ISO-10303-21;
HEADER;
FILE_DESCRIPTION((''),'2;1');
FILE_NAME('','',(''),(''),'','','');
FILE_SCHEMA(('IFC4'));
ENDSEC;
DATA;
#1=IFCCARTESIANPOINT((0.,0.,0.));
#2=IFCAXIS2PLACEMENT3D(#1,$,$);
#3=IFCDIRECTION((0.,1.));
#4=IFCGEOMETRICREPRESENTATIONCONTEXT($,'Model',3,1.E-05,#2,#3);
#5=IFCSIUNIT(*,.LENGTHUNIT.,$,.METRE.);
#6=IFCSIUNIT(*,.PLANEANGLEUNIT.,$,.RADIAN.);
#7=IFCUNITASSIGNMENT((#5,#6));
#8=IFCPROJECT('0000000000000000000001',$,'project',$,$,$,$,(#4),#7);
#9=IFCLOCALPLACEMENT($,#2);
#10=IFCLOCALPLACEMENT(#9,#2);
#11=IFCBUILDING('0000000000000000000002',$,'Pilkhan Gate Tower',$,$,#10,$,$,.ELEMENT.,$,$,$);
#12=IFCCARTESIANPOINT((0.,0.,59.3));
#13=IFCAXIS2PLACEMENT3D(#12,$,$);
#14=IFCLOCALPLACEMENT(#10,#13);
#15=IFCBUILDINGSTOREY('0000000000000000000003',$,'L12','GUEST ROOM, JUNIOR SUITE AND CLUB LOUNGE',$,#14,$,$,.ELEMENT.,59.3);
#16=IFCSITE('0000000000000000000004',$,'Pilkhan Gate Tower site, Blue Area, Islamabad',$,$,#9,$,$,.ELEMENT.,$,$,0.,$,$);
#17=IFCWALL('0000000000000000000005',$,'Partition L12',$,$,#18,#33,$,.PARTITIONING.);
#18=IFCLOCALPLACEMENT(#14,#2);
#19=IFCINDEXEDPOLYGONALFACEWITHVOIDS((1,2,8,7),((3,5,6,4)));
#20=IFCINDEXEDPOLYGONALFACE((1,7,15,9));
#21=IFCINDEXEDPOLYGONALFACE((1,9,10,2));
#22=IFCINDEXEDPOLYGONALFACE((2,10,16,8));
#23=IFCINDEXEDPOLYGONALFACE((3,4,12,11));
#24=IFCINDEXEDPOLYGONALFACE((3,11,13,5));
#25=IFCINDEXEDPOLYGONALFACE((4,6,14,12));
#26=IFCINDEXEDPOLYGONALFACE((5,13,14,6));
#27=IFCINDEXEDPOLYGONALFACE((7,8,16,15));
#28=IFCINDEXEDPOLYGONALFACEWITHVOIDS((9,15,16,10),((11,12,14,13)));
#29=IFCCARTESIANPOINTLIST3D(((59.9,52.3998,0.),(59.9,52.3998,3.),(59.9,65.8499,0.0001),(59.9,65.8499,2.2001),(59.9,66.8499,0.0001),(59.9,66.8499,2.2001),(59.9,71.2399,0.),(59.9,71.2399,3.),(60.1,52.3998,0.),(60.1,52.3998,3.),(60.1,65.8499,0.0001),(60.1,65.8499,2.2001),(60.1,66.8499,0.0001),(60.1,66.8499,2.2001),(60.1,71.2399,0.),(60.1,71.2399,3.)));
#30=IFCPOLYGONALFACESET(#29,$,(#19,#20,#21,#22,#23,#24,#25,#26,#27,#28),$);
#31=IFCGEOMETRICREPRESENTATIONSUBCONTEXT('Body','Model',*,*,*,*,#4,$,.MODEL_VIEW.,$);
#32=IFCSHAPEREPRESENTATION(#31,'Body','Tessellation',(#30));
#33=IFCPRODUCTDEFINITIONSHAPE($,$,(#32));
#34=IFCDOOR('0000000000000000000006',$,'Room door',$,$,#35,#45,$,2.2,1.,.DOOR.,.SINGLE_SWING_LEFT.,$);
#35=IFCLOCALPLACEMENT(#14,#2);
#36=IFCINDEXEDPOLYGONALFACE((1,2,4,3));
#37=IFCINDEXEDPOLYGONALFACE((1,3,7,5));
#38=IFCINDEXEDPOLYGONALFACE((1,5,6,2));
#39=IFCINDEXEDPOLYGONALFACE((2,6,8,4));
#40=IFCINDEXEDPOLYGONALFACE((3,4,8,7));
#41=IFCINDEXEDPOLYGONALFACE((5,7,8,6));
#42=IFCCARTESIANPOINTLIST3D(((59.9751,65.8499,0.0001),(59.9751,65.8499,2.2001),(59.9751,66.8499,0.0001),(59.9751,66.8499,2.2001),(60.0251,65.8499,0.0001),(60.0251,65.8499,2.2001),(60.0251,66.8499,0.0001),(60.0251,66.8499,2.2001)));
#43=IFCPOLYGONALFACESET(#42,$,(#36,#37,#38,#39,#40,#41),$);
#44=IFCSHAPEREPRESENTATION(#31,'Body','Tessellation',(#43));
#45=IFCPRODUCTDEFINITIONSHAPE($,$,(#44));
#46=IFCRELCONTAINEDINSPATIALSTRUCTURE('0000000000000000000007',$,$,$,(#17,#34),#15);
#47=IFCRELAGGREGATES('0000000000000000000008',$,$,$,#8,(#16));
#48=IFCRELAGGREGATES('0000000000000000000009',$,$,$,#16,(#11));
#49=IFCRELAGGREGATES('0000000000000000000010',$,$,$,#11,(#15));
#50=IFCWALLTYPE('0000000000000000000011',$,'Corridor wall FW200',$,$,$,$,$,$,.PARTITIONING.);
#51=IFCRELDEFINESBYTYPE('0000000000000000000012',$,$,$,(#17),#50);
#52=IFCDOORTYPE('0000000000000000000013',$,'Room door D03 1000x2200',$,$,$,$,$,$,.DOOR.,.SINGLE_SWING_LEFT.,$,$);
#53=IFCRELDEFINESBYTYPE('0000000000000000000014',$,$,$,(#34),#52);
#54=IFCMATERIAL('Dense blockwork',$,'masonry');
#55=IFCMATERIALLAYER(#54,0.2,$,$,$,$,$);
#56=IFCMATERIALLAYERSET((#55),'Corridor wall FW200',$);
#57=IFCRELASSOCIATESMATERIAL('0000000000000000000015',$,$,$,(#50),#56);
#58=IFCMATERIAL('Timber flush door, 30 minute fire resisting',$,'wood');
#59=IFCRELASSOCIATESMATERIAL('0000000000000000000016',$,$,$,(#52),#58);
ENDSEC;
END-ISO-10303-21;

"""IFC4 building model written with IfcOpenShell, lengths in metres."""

from ifc_helpers import new_model, si_unit, direction, frame, frame_2d, origin, place, context, subcontext, project, spatial, rectangle, extrude, material, layer, layer_set, type_object, element, fill, save


model = new_model("IFC4")

# Units and contexts
model_context = context("Model", 3, precision=1e-05, world=origin(), true_north=direction((0.0, 1.0)))
body_context = subcontext(model_context, "Body", "Model", "MODEL_VIEW")
ifc_project = project(units=[si_unit("LENGTHUNIT", "METRE"), si_unit("PLANEANGLEUNIT", "RADIAN")], contexts=[model_context])

# Site, building, storey
site_placement = place(None, origin())
site = spatial("IfcSite", under=ifc_project, at=site_placement, Name="Pilkhan Gate Tower site, Blue Area, Islamabad", CompositionType="ELEMENT", RefElevation=0.0)
building_placement = place(site_placement, origin())
building = spatial("IfcBuilding", under=site, at=building_placement, Name="Pilkhan Gate Tower", CompositionType="ELEMENT")
storey_placement = place(building_placement, frame((0.0, 0.0, 59.3)))
storey = spatial("IfcBuildingStorey", under=building, at=storey_placement, Name="L12", Description="GUEST ROOM, JUNIOR SUITE AND CLUB LOUNGE", CompositionType="ELEMENT", Elevation=59.3)

# Shared definitions
ifc_material_1 = material(Name="Dense blockwork", Category="masonry")
ifc_layer_1 = layer(ifc_material_1, 0.2)
ifc_layer_set_1 = layer_set([ifc_layer_1], Name="Corridor wall FW200")
wall_type = type_object("IfcWallType", Name="Corridor wall FW200", PredefinedType="PARTITIONING", material=ifc_layer_set_1)
ifc_material_2 = material(Name="Timber flush door, 30 minute fire resisting", Category="wood")

# Wall, opening, door
wall_1_placement = place(storey_placement, frame((60.0, 52.3999, 0.0), z_axis=(0.0, 0.0, 1.0), x_axis=(0.0, 1.0, 0.0)))
wall_1 = element("IfcWall", 1, at=wall_1_placement, inside=storey, type_object=wall_type, Name="Partition L12", PredefinedType="PARTITIONING", context=body_context, shape_type="SweptSolid", body=[
    extrude(rectangle(XDim=18.8401, YDim=0.2, at=frame_2d((9.4199, 0.0))), origin(), (0.0, 0.0, 1.0), 3.0),
])
opening_1_placement = place(wall_1_placement, frame((13.45, 0.0, 0.0)))
opening_1 = element("IfcOpeningElement", 2, at=opening_1_placement, cuts=wall_1, PredefinedType="OPENING", context=body_context, shape_type="SweptSolid", body=[
    extrude(rectangle(XDim=1.0, YDim=2.2, at=frame_2d((0.5, 1.1001))), frame((0.0, 0.1099, 0.0), z_axis=(0.0, -1.0, 0.0), x_axis=(1.0, 0.0, 0.0)), (0.0, 0.0, 1.0), 0.22),
])
door_type_1 = type_object("IfcDoorType", Name="Room door D03 1000x2200", OperationType="SINGLE_SWING_LEFT", PredefinedType="DOOR", material=ifc_material_2)
door_1_placement = place(opening_1_placement, origin())
door_1 = element("IfcDoor", 3, at=door_1_placement, inside=storey, type_object=door_type_1, Name="Room door", OperationType="SINGLE_SWING_LEFT", OverallHeight=2.2, OverallWidth=1.0, PredefinedType="DOOR", context=body_context, shape_type="SweptSolid", body=[
    extrude(rectangle(XDim=1.0, YDim=2.2, at=frame_2d((0.5, 1.1001))), frame((0.0, 0.0249, 0.0), z_axis=(0.0, -1.0, 0.0), x_axis=(1.0, 0.0, 0.0)), (0.0, 0.0, 1.0), 0.05),
])
fill(opening_1, door_1)

save(model, "model.ifc")
